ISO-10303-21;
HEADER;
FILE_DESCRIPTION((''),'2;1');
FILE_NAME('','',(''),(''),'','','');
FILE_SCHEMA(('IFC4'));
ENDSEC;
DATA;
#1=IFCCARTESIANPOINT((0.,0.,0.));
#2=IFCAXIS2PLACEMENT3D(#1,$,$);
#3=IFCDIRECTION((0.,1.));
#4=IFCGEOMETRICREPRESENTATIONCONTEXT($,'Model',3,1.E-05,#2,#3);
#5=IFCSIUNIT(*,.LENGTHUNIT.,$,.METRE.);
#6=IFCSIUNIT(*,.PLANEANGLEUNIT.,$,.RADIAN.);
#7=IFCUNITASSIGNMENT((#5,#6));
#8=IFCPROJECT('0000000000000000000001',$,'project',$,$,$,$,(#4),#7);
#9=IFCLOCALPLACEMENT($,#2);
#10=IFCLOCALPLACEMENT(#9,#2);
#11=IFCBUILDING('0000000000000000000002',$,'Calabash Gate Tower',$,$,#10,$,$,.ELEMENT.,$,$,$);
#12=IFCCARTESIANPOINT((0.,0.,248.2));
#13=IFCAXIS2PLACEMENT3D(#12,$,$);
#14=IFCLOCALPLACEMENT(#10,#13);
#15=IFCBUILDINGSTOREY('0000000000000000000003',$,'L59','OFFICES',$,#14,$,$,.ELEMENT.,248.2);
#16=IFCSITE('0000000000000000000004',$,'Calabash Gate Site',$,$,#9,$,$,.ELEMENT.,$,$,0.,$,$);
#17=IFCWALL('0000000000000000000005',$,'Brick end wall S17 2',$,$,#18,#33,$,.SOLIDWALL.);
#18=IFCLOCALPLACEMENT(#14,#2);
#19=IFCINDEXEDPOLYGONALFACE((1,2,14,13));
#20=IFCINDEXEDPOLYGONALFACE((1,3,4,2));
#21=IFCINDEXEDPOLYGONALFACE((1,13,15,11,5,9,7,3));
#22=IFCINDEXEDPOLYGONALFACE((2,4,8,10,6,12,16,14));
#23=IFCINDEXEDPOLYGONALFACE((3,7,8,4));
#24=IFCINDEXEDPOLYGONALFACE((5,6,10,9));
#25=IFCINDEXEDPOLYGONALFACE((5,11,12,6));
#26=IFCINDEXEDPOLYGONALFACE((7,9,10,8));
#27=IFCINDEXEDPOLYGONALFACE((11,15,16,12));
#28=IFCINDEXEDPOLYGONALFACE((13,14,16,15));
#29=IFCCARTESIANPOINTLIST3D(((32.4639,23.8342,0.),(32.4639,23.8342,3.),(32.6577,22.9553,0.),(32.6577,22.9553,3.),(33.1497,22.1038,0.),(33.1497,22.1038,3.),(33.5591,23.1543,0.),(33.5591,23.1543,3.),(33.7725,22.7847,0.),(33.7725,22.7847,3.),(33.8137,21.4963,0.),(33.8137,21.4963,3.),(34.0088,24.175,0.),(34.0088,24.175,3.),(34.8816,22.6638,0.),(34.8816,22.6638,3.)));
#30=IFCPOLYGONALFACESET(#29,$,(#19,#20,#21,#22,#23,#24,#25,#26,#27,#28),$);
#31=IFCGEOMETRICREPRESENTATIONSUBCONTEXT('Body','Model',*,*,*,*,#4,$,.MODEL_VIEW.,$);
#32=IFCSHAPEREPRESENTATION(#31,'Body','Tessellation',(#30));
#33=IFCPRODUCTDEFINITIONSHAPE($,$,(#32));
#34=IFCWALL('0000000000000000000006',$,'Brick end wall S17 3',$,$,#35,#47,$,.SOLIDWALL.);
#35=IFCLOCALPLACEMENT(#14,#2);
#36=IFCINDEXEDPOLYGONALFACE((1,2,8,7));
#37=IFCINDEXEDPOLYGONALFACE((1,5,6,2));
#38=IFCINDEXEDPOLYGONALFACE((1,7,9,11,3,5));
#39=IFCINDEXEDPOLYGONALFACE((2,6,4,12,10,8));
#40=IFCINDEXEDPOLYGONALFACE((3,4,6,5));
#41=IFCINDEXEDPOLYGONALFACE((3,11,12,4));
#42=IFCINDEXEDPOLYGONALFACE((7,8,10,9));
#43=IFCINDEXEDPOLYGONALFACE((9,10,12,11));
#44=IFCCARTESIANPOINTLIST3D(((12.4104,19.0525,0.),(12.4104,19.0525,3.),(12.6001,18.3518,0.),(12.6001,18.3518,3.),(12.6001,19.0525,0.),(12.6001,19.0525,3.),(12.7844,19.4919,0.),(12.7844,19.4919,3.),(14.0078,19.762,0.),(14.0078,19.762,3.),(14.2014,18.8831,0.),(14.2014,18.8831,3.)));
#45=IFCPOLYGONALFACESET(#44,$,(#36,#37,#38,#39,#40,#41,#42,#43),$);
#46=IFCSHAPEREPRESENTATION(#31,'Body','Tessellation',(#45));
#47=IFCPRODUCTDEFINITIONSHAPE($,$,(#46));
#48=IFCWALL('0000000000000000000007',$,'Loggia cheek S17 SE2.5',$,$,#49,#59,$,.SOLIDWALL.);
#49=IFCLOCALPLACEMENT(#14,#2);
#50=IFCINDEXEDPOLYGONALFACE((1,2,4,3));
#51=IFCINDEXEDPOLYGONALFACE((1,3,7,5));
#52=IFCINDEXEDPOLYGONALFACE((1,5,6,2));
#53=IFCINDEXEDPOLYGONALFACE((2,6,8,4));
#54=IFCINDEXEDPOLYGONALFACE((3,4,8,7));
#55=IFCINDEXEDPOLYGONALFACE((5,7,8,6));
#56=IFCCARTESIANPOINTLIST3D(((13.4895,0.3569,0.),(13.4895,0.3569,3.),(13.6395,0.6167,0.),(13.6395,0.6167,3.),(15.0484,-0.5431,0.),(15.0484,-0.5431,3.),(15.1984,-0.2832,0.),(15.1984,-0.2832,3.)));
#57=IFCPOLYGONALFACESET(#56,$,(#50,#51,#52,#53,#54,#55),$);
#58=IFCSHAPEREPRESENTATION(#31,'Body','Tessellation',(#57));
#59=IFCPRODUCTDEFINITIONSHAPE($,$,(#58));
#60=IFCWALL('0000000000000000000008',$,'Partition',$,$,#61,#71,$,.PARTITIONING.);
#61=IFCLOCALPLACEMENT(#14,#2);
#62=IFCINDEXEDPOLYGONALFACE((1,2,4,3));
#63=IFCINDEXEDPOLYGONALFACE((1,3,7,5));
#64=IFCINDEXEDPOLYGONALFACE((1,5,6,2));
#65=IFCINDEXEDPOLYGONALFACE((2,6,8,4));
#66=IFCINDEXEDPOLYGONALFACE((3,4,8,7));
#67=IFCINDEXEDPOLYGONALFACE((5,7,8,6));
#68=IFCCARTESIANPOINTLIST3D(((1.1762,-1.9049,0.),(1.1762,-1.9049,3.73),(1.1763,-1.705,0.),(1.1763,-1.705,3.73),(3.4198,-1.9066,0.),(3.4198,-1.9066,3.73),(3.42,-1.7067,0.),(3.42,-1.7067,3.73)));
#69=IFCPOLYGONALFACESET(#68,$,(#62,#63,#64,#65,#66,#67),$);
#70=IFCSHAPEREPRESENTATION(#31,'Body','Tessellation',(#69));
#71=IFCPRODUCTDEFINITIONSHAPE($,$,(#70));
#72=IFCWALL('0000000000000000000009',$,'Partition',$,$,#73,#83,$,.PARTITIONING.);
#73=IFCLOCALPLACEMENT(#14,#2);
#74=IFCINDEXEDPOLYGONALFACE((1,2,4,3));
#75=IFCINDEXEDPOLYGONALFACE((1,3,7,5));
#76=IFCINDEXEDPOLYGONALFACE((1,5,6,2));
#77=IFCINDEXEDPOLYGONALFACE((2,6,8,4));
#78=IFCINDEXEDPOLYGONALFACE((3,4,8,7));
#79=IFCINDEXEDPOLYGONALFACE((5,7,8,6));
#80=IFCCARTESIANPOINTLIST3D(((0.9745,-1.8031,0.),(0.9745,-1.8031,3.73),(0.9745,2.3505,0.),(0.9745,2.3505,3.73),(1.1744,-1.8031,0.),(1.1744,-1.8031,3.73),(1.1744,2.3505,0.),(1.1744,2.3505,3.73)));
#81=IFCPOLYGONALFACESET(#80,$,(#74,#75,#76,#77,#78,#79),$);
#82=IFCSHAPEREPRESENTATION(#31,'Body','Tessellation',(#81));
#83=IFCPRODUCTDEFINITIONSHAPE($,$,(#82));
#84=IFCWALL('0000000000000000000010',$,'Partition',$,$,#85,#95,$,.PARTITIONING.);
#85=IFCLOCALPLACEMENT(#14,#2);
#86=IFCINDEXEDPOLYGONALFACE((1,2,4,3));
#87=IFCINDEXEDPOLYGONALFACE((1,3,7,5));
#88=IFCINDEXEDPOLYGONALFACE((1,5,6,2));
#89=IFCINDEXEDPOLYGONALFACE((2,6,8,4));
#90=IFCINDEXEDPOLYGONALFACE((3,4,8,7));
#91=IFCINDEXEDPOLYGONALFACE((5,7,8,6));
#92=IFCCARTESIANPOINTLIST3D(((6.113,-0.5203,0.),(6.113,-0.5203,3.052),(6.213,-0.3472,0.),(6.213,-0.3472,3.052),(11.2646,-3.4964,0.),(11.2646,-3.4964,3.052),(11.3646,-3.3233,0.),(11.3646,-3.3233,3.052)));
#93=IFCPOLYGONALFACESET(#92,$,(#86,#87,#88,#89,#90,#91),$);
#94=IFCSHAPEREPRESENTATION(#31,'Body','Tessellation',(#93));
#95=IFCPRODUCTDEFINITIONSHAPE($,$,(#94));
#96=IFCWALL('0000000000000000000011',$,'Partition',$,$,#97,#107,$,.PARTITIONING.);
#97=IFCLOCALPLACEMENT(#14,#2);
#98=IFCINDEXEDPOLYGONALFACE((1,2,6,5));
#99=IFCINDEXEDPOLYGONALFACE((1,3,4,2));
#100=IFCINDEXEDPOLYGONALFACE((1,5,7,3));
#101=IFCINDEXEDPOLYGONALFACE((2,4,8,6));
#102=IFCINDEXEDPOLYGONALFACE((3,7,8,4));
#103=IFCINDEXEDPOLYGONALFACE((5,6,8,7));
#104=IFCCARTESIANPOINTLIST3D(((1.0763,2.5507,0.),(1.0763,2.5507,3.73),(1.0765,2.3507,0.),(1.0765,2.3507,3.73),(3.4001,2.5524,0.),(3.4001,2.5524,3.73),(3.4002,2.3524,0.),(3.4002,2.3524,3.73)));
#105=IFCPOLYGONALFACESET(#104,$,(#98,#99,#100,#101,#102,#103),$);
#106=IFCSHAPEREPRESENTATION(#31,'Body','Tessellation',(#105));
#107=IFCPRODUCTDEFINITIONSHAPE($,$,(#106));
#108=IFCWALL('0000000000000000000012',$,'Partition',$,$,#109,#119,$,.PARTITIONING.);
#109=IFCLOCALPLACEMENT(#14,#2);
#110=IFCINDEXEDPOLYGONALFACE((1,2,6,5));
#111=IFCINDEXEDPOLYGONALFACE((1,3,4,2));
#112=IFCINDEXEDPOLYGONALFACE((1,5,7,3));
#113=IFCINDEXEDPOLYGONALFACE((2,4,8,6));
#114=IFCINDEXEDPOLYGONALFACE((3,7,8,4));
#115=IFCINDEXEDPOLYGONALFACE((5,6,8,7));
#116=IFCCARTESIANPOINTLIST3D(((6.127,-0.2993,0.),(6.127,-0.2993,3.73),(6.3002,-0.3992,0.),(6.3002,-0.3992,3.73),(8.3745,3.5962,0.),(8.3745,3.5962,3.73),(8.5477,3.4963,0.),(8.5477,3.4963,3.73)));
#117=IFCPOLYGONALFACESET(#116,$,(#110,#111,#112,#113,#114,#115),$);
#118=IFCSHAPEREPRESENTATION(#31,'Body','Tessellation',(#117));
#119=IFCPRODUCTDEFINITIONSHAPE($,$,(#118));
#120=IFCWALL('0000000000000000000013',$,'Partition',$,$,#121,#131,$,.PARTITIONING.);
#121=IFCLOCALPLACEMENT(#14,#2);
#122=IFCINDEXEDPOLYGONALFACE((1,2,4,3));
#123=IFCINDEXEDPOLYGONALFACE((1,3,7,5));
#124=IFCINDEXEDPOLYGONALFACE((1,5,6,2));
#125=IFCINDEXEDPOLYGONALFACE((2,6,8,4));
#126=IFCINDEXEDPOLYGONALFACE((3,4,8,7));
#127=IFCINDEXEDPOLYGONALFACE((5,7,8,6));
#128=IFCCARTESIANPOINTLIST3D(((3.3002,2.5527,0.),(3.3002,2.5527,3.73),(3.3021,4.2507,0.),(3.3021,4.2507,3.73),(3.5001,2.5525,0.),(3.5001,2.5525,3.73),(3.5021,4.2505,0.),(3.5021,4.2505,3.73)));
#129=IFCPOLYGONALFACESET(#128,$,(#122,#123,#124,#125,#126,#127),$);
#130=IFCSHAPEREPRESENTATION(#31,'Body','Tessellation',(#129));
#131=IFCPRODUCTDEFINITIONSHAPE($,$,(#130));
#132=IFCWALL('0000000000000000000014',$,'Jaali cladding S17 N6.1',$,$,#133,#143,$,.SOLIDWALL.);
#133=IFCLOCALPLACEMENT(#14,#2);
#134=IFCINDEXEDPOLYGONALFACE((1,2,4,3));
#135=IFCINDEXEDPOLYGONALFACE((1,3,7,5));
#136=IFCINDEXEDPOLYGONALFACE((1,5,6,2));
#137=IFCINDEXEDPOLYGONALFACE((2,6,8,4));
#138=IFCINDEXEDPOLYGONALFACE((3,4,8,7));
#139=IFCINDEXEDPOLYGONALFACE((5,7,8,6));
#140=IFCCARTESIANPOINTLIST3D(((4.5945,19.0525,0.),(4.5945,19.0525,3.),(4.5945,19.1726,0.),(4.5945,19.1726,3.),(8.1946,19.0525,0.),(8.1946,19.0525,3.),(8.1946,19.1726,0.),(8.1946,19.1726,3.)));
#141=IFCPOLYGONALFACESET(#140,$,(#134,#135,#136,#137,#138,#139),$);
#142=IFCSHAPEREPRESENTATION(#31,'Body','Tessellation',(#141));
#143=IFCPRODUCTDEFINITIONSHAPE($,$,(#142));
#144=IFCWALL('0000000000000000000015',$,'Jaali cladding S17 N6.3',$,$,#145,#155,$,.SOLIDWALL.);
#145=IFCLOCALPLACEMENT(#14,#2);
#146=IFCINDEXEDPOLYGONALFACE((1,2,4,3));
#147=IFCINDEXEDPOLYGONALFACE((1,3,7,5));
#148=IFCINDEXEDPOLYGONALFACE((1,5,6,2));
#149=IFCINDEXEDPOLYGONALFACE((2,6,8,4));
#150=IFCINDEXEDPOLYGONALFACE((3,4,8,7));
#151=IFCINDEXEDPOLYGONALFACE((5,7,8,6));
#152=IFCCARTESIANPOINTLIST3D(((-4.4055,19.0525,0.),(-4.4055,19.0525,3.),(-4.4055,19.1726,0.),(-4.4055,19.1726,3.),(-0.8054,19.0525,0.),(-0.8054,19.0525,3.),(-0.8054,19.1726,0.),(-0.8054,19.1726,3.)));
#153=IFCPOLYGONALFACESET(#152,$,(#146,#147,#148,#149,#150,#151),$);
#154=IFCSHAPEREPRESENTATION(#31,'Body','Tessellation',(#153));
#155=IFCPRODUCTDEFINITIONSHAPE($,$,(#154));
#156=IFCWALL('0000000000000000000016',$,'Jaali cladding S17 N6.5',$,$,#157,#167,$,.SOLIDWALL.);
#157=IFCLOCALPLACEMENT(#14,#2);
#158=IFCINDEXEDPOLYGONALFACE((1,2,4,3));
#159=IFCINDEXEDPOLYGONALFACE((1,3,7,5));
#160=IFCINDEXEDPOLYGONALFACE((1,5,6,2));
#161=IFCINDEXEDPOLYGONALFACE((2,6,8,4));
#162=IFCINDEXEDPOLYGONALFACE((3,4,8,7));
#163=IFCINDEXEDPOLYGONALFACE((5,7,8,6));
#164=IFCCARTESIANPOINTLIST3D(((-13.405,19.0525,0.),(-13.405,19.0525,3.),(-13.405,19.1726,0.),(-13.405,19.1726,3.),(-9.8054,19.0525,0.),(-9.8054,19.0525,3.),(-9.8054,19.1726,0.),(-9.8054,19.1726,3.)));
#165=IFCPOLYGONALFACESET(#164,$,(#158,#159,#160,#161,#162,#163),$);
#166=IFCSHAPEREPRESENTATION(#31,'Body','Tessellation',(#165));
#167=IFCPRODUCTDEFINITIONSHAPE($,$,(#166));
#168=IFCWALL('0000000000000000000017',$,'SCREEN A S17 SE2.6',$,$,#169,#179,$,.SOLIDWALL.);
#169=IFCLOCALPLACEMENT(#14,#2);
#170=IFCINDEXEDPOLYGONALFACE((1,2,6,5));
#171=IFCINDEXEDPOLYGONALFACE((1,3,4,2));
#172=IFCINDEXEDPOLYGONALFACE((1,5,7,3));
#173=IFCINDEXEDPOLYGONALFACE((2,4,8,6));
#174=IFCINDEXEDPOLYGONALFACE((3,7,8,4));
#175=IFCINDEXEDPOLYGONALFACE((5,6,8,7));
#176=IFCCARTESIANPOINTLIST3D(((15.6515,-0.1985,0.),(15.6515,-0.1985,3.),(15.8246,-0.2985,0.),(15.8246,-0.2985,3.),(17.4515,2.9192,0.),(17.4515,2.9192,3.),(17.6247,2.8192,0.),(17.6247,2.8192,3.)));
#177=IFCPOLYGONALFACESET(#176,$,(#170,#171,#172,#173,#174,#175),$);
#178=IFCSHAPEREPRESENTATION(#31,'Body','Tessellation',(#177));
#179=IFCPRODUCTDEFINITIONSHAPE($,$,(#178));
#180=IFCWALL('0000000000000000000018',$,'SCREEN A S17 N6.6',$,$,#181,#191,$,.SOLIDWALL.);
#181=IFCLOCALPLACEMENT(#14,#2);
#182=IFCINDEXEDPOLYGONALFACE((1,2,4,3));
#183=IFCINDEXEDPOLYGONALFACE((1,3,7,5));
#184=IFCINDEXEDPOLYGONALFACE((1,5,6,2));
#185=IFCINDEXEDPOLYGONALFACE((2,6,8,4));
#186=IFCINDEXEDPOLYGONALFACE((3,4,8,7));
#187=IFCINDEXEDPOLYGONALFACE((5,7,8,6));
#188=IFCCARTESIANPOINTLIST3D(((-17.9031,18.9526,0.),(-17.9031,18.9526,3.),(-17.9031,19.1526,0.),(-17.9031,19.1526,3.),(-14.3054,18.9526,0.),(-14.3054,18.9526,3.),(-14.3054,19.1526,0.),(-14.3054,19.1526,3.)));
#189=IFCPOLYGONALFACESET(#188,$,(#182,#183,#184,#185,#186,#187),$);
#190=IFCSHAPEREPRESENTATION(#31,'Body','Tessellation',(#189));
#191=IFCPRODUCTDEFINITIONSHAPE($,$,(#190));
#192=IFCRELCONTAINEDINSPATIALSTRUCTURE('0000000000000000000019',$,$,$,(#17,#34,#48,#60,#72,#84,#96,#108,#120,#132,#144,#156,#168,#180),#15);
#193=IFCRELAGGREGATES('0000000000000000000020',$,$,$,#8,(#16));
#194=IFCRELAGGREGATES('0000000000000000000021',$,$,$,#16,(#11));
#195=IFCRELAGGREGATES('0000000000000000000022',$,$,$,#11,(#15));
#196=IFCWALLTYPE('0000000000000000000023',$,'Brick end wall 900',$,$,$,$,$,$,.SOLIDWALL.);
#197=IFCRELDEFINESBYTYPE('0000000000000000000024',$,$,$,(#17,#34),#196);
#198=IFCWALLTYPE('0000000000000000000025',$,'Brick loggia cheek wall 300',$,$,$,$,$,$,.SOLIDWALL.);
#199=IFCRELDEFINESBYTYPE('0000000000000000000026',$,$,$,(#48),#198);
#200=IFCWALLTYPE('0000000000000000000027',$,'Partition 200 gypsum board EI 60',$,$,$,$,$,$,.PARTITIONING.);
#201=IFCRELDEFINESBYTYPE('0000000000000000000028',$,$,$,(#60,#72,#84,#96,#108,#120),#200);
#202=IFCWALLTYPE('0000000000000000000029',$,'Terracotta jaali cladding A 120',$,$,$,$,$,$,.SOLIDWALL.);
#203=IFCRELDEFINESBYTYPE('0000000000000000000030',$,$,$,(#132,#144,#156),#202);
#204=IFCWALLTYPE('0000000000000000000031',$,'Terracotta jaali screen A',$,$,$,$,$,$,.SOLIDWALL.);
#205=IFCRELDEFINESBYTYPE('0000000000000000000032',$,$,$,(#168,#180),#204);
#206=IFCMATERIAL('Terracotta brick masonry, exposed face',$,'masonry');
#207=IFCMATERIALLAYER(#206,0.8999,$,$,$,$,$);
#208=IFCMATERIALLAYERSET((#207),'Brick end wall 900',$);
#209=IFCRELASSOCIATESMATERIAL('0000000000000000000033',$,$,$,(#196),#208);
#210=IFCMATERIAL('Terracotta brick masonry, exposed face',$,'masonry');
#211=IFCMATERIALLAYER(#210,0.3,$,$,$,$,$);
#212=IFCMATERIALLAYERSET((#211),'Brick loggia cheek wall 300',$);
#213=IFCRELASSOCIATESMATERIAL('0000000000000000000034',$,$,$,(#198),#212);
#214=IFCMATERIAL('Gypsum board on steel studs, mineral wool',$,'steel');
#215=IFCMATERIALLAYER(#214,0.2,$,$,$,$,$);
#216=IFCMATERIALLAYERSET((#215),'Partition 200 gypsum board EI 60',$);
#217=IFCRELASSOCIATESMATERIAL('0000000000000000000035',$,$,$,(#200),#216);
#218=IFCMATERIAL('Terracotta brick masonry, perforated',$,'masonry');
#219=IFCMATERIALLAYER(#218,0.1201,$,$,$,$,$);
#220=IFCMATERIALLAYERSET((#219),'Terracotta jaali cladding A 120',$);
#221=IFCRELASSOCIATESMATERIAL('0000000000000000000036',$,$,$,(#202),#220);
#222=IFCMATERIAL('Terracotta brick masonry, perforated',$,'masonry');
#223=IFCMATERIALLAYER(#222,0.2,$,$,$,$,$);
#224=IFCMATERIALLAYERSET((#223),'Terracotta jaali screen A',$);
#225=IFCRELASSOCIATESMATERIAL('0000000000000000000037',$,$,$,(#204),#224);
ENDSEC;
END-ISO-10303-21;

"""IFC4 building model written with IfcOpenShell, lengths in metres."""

from ifc_helpers import new_model, si_unit, direction, frame, frame_2d, origin, place, context, subcontext, project, spatial, polyline, rectangle, outline, extrude, material, layer, layer_set, type_object, element, save


model = new_model("IFC4")

# Units and contexts
model_context = context("Model", 3, precision=1e-05, world=origin(), true_north=direction((0.0, 1.0)))
body_context = subcontext(model_context, "Body", "Model", "MODEL_VIEW")
ifc_project = project(units=[si_unit("LENGTHUNIT", "METRE"), si_unit("PLANEANGLEUNIT", "RADIAN")], contexts=[model_context])

# Site, building, storey
site_placement = place(None, origin())
site = spatial("IfcSite", under=ifc_project, at=site_placement, Name="Calabash Gate Site", CompositionType="ELEMENT", RefElevation=0.0)
building_placement = place(site_placement, origin())
building = spatial("IfcBuilding", under=site, at=building_placement, Name="Calabash Gate Tower", CompositionType="ELEMENT")
storey_placement = place(building_placement, frame((0.0, 0.0, 248.2)))
storey = spatial("IfcBuildingStorey", under=building, at=storey_placement, Name="L59", Description="OFFICES", CompositionType="ELEMENT", Elevation=248.2)

# Walls
ifc_material_1 = material(Name="Terracotta brick masonry, exposed face", Category="masonry")
ifc_layer_1 = layer(ifc_material_1, 0.8999)
ifc_layer_set_1 = layer_set([ifc_layer_1], Name="Brick end wall 900")
wall_type_1 = type_object("IfcWallType", Name="Brick end wall 900", PredefinedType="SOLIDWALL", material=ifc_layer_set_1)
wall_1_placement = place(storey_placement, origin())
element("IfcWall", 1, at=wall_1_placement, inside=storey, type_object=wall_type_1, Name="Brick end wall S17 2", PredefinedType="SOLIDWALL", context=body_context, shape_type="SweptSolid", body=[
    extrude(outline(polyline([(33.8137, 21.4963), (34.8816, 22.6638), (34.0088, 24.175), (32.4639, 23.8342), (32.6577, 22.9553), (33.5591, 23.1543), (33.7725, 22.7847), (33.1497, 22.1038), (33.8137, 21.4963)])), origin(), (0.0, 0.0, 1.0), 3.0),
])
wall_2_placement = place(storey_placement, origin())
element("IfcWall", 2, at=wall_2_placement, inside=storey, type_object=wall_type_1, Name="Brick end wall S17 3", PredefinedType="SOLIDWALL", context=body_context, shape_type="SweptSolid", body=[
    extrude(outline(polyline([(14.2014, 18.8831), (14.0078, 19.762), (12.7844, 19.4919), (12.4104, 19.0525), (12.6001, 19.0525), (12.6001, 18.3518), (14.2014, 18.8831)])), origin(), (0.0, 0.0, 1.0), 3.0),
])
ifc_material_2 = material(Name="Terracotta brick masonry, exposed face", Category="masonry")
ifc_layer_2 = layer(ifc_material_2, 0.3)
ifc_layer_set_2 = layer_set([ifc_layer_2], Name="Brick loggia cheek wall 300")
wall_type_2 = type_object("IfcWallType", Name="Brick loggia cheek wall 300", PredefinedType="SOLIDWALL", material=ifc_layer_set_2)
wall_3_placement = place(storey_placement, frame((15.1233, -0.4131, 0.0), z_axis=(0.0, 0.0, 1.0), x_axis=(-0.866048, 0.499961, 0.0)))
element("IfcWall", 3, at=wall_3_placement, inside=storey, type_object=wall_type_2, Name="Loggia cheek S17 SE2.5", PredefinedType="SOLIDWALL", context=body_context, shape_type="SweptSolid", body=[
    extrude(rectangle(XDim=1.8, YDim=0.3, at=frame_2d((0.8999, 0.0))), origin(), (0.0, 0.0, 1.0), 3.0),
])
ifc_material_3 = material(Name="Gypsum board on steel studs, mineral wool", Category="steel")
ifc_layer_3 = layer(ifc_material_3, 0.2)
ifc_layer_set_3 = layer_set([ifc_layer_3], Name="Partition 200 gypsum board EI 60")
wall_type_3 = type_object("IfcWallType", Name="Partition 200 gypsum board EI 60", PredefinedType="PARTITIONING", material=ifc_layer_set_3)
wall_4_placement = place(storey_placement, frame((1.1763, -1.8049, 0.0), z_axis=(0.0, 0.0, 1.0), x_axis=(1.0, -0.000762, 0.0)))
element("IfcWall", 4, at=wall_4_placement, inside=storey, type_object=wall_type_3, Name="Partition", PredefinedType="PARTITIONING", context=body_context, shape_type="SweptSolid", body=[
    extrude(rectangle(XDim=2.2437, YDim=0.2, at=frame_2d((1.1218, 0.0))), origin(), (0.0, 0.0, 1.0), 3.73),
])
wall_5_placement = place(storey_placement, frame((1.0745, -1.803, 0.0), z_axis=(0.0, 0.0, 1.0), x_axis=(0.0, 1.0, 0.0)))
element("IfcWall", 5, at=wall_5_placement, inside=storey, type_object=wall_type_3, Name="Partition", PredefinedType="PARTITIONING", context=body_context, shape_type="SweptSolid", body=[
    extrude(rectangle(XDim=4.1536, YDim=0.2, at=frame_2d((2.0767, 0.0))), origin(), (0.0, 0.0, 1.0), 3.73),
])
wall_6_placement = place(storey_placement, frame((6.1631, -0.4338, 0.0), z_axis=(0.0, 0.0, 1.0), x_axis=(0.865895, -0.500226, 0.0)))
element("IfcWall", 6, at=wall_6_placement, inside=storey, type_object=wall_type_3, Name="Partition", PredefinedType="PARTITIONING", context=body_context, shape_type="SweptSolid", body=[
    extrude(rectangle(XDim=5.9495, YDim=0.2, at=frame_2d((2.9746, 0.0))), origin(), (0.0, 0.0, 1.0), 3.052),
])
wall_7_placement = place(storey_placement, frame((1.0764, 2.4507, 0.0), z_axis=(0.0, 0.0, 1.0), x_axis=(1.0, 0.000735, 0.0)))
element("IfcWall", 7, at=wall_7_placement, inside=storey, type_object=wall_type_3, Name="Partition", PredefinedType="PARTITIONING", context=body_context, shape_type="SweptSolid", body=[
    extrude(rectangle(XDim=2.3237, YDim=0.2, at=frame_2d((1.1619, 0.0))), origin(), (0.0, 0.0, 1.0), 3.73),
])
wall_8_placement = place(storey_placement, frame((6.2136, -0.3491, 0.0), z_axis=(0.0, 0.0, 1.0), x_axis=(0.499748, 0.866171, 0.0)))
element("IfcWall", 8, at=wall_8_placement, inside=storey, type_object=wall_type_3, Name="Partition", PredefinedType="PARTITIONING", context=body_context, shape_type="SweptSolid", body=[
    extrude(rectangle(XDim=4.4973, YDim=0.2, at=frame_2d((2.2485, 0.0))), origin(), (0.0, 0.0, 1.0), 3.73),
])
wall_9_placement = place(storey_placement, frame((3.4001, 2.5525, 0.0), z_axis=(0.0, 0.0, 1.0), x_axis=(0.00115, 0.999999, 0.0)))
element("IfcWall", 9, at=wall_9_placement, inside=storey, type_object=wall_type_3, Name="Partition", PredefinedType="PARTITIONING", context=body_context, shape_type="SweptSolid", body=[
    extrude(rectangle(XDim=1.698, YDim=0.2, at=frame_2d((0.8491, 0.0))), origin(), (0.0, 0.0, 1.0), 3.73),
])
ifc_material_4 = material(Name="Terracotta brick masonry, perforated", Category="masonry")
ifc_layer_4 = layer(ifc_material_4, 0.1201)
ifc_layer_set_4 = layer_set([ifc_layer_4], Name="Terracotta jaali cladding A 120")
wall_type_4 = type_object("IfcWallType", Name="Terracotta jaali cladding A 120", PredefinedType="SOLIDWALL", material=ifc_layer_set_4)
wall_10_placement = place(storey_placement, origin())
element("IfcWall", 10, at=wall_10_placement, inside=storey, type_object=wall_type_4, Name="Jaali cladding S17 N6.1", PredefinedType="SOLIDWALL", context=body_context, shape_type="SweptSolid", body=[
    extrude(outline(polyline([(4.5945, 19.1726), (4.5945, 19.0525), (8.1946, 19.0525), (8.1946, 19.1726), (4.5945, 19.1726)])), origin(), (0.0, 0.0, 1.0), 3.0),
])
wall_11_placement = place(storey_placement, origin())
element("IfcWall", 11, at=wall_11_placement, inside=storey, type_object=wall_type_4, Name="Jaali cladding S17 N6.3", PredefinedType="SOLIDWALL", context=body_context, shape_type="SweptSolid", body=[
    extrude(outline(polyline([(-4.4055, 19.1726), (-4.4055, 19.0525), (-0.8054, 19.0525), (-0.8054, 19.1726), (-4.4055, 19.1726)])), origin(), (0.0, 0.0, 1.0), 3.0),
])
wall_12_placement = place(storey_placement, origin())
element("IfcWall", 12, at=wall_12_placement, inside=storey, type_object=wall_type_4, Name="Jaali cladding S17 N6.5", PredefinedType="SOLIDWALL", context=body_context, shape_type="SweptSolid", body=[
    extrude(outline(polyline([(-13.405, 19.1726), (-13.405, 19.0525), (-9.8054, 19.0525), (-9.8054, 19.1726), (-13.405, 19.1726)])), origin(), (0.0, 0.0, 1.0), 3.0),
])
ifc_material_5 = material(Name="Terracotta brick masonry, perforated", Category="masonry")
ifc_layer_5 = layer(ifc_material_5, 0.2)
ifc_layer_set_5 = layer_set([ifc_layer_5], Name="Terracotta jaali screen A")
wall_type_5 = type_object("IfcWallType", Name="Terracotta jaali screen A", PredefinedType="SOLIDWALL", material=ifc_layer_set_5)
wall_13_placement = place(storey_placement, frame((15.738, -0.2485, 0.0), z_axis=(0.0, 0.0, 1.0), x_axis=(0.500012, 0.866018, 0.0)))
element("IfcWall", 13, at=wall_13_placement, inside=storey, type_object=wall_type_5, Name="SCREEN A S17 SE2.6", PredefinedType="SOLIDWALL", context=body_context, shape_type="SweptSolid", body=[
    extrude(rectangle(XDim=3.6001, YDim=0.2, at=frame_2d((1.8, 0.0))), origin(), (0.0, 0.0, 1.0), 3.0),
])
wall_14_placement = place(storey_placement, origin())
element("IfcWall", 14, at=wall_14_placement, inside=storey, type_object=wall_type_5, Name="SCREEN A S17 N6.6", PredefinedType="SOLIDWALL", context=body_context, shape_type="SweptSolid", body=[
    extrude(outline(polyline([(-14.3054, 19.1526), (-17.9031, 19.1526), (-17.9031, 18.9526), (-14.3054, 18.9526), (-14.3054, 19.1526)])), origin(), (0.0, 0.0, 1.0), 3.0),
])

save(model, "model.ifc")
